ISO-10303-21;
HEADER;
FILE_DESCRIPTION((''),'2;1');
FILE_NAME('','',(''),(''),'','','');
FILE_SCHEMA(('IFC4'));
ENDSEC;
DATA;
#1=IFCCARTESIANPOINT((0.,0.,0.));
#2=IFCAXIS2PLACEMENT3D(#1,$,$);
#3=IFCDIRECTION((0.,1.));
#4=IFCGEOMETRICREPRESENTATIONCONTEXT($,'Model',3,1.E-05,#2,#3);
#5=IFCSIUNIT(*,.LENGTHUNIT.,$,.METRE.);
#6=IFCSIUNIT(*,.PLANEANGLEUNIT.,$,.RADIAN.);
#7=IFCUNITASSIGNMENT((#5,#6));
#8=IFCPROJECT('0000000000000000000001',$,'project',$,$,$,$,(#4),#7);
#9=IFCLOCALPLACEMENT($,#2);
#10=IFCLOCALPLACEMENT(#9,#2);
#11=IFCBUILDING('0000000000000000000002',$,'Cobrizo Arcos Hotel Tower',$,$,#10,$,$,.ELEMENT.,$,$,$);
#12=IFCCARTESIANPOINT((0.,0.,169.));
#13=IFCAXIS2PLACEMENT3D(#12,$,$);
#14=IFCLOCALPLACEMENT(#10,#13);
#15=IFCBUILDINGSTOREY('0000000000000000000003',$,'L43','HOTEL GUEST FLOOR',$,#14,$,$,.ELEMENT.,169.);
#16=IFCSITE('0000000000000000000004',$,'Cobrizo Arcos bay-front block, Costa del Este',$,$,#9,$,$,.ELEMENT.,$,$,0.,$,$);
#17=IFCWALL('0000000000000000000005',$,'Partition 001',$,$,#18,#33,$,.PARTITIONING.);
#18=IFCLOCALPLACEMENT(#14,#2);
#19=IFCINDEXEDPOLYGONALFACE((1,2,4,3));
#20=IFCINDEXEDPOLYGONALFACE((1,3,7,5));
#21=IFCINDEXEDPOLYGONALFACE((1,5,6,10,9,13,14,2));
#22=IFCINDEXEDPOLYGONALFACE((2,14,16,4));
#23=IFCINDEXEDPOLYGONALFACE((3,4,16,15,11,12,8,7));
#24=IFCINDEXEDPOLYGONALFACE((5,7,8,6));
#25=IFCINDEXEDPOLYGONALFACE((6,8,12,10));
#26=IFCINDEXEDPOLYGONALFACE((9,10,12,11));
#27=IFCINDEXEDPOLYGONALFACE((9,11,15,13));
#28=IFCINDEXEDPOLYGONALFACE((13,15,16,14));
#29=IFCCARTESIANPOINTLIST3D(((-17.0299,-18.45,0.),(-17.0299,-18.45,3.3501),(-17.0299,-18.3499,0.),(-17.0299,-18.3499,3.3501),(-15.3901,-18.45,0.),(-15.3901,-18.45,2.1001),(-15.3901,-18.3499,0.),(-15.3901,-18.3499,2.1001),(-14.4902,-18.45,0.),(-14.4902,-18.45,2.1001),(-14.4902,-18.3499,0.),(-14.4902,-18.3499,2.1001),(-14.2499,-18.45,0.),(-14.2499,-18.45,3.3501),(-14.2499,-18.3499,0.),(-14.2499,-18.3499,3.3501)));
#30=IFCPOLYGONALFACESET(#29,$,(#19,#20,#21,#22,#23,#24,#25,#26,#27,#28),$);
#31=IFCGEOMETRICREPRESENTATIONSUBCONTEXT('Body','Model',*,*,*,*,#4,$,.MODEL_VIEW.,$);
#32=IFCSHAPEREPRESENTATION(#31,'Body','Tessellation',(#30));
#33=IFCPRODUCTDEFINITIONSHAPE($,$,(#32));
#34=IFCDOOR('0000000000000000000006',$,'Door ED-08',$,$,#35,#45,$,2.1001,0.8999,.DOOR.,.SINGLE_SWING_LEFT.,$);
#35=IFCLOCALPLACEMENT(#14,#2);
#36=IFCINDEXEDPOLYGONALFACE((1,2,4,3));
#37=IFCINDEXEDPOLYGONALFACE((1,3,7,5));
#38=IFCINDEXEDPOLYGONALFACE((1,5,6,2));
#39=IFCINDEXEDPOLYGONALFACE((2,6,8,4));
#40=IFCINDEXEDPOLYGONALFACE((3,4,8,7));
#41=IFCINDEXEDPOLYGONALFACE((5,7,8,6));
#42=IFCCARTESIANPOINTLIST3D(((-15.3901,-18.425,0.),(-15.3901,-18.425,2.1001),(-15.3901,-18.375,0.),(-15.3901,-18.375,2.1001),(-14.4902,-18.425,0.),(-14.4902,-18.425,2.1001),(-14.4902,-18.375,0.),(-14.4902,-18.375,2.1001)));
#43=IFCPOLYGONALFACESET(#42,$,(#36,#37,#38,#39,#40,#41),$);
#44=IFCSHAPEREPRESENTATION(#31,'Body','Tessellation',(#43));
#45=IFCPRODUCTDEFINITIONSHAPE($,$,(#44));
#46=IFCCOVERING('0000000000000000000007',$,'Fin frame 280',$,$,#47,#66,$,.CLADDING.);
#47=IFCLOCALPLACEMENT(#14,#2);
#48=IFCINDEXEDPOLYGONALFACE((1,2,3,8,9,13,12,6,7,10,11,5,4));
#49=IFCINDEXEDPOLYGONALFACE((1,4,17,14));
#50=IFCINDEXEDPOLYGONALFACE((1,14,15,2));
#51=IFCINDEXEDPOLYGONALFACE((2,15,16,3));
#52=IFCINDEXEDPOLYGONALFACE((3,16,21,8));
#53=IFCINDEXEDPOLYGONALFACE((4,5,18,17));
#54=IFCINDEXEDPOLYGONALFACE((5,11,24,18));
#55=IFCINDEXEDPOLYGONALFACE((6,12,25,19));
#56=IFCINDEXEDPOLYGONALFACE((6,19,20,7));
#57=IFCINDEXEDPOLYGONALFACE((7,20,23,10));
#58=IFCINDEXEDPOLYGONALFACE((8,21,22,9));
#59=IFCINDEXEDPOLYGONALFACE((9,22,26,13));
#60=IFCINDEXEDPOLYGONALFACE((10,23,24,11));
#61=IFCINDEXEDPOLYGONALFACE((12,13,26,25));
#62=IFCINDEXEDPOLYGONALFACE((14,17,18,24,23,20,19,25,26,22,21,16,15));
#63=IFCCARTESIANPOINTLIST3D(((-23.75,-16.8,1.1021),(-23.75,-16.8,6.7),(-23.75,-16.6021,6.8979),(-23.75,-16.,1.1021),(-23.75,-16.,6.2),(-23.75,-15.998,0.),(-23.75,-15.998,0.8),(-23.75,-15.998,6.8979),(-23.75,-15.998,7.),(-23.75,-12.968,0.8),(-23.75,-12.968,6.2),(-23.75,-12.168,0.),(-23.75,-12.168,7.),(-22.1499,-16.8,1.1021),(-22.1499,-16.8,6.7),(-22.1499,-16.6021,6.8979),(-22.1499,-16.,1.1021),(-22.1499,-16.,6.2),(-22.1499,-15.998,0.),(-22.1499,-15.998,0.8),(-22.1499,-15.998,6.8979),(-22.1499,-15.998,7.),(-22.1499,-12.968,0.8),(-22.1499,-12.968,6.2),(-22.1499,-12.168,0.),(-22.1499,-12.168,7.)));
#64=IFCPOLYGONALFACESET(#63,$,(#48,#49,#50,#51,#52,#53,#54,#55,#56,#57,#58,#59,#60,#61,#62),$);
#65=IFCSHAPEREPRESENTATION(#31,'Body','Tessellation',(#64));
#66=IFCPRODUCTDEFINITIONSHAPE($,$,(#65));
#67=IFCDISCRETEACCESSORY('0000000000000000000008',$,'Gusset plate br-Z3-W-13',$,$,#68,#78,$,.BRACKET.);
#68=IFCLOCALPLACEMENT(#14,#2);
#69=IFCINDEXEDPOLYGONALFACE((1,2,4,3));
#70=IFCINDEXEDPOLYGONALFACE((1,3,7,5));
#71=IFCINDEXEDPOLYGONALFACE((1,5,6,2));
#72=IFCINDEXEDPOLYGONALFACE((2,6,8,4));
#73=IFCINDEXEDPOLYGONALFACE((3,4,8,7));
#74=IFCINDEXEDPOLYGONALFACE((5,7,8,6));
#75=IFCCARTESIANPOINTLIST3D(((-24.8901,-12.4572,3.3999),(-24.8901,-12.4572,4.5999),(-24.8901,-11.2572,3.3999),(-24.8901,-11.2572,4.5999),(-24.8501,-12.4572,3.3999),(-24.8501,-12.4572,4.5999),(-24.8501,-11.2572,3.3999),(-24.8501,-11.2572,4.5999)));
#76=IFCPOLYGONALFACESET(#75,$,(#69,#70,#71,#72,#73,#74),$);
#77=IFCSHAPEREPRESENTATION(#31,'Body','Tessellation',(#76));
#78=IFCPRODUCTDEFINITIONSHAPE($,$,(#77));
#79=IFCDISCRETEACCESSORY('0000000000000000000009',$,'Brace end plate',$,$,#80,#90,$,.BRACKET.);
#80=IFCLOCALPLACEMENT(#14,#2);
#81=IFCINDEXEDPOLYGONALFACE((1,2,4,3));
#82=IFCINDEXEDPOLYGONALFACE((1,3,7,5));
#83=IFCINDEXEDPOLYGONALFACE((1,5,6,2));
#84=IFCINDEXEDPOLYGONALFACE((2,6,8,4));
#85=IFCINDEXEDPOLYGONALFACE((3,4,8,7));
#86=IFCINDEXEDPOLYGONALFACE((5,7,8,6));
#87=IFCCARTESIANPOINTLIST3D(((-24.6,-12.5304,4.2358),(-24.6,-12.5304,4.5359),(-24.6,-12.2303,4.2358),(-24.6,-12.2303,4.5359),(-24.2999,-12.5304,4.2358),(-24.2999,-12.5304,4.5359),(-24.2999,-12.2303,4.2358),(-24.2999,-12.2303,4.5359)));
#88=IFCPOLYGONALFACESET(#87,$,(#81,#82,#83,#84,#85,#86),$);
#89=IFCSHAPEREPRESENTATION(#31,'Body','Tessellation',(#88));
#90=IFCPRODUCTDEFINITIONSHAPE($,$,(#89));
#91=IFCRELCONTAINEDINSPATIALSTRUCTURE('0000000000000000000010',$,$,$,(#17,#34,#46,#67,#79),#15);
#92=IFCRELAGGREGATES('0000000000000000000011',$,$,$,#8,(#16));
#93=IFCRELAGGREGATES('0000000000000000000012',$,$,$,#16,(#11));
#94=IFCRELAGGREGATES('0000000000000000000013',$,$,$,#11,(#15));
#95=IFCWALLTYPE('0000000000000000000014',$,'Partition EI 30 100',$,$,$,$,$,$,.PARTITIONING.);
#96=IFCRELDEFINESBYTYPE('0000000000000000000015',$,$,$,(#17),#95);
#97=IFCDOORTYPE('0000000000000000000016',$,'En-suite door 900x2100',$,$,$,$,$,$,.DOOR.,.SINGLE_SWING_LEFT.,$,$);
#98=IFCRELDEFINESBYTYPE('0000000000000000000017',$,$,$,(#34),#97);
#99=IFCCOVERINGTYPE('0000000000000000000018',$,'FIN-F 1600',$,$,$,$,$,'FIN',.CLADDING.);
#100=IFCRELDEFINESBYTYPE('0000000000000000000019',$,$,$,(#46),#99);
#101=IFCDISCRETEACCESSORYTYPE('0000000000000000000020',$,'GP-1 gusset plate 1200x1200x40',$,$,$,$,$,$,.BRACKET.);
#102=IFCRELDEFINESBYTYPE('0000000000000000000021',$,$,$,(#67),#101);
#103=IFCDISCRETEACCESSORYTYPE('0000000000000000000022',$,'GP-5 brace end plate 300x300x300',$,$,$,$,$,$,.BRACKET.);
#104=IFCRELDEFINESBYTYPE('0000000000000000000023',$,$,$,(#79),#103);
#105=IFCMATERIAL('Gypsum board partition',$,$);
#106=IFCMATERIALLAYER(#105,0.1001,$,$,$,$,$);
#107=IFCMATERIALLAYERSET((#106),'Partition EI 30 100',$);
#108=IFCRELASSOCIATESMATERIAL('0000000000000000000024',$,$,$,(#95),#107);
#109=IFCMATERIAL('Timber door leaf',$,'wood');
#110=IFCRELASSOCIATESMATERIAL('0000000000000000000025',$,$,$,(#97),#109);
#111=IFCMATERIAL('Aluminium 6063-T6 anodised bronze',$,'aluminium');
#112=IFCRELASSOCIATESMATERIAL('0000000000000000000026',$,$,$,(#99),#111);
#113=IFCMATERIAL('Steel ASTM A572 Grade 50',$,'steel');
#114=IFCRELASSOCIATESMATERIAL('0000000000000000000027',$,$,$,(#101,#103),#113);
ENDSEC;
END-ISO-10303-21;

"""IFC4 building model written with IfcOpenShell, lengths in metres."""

from ifc_helpers import new_model, si_unit, direction, frame, frame_2d, origin, origin_2d, place, context, subcontext, project, spatial, polyline, rectangle, outline, extrude, material, layer, layer_set, type_object, element, fill, save


model = new_model("IFC4")

# Units and contexts
model_context = context("Model", 3, precision=1e-05, world=origin(), true_north=direction((0.0, 1.0)))
body_context = subcontext(model_context, "Body", "Model", "MODEL_VIEW")
ifc_project = project(units=[si_unit("LENGTHUNIT", "METRE"), si_unit("PLANEANGLEUNIT", "RADIAN")], contexts=[model_context])

# Site, building, storey
site_placement = place(None, origin())
site = spatial("IfcSite", under=ifc_project, at=site_placement, Name="Cobrizo Arcos bay-front block, Costa del Este", CompositionType="ELEMENT", RefElevation=0.0)
building_placement = place(site_placement, origin())
building = spatial("IfcBuilding", under=site, at=building_placement, Name="Cobrizo Arcos Hotel Tower", CompositionType="ELEMENT")
storey_placement = place(building_placement, frame((0.0, 0.0, 169.0)))
storey = spatial("IfcBuildingStorey", under=building, at=storey_placement, Name="L43", Description="HOTEL GUEST FLOOR", CompositionType="ELEMENT", Elevation=169.0)

# Shared definitions
ifc_material_1 = material(Name="Steel ASTM A572 Grade 50", Category="steel")

# Shared definitions
ifc_material_2 = material(Name="Aluminium 6063-T6 anodised bronze", Category="aluminium")

# Wall, opening, door
ifc_material_3 = material(Name="Gypsum board partition")
ifc_layer_1 = layer(ifc_material_3, 0.1001)
ifc_layer_set_1 = layer_set([ifc_layer_1], Name="Partition EI 30 100")
wall_type = type_object("IfcWallType", Name="Partition EI 30 100", PredefinedType="PARTITIONING", material=ifc_layer_set_1)
wall_placement = place(storey_placement, frame((-17.03, -18.3999, 0.0), z_axis=(0.0, 0.0, 1.0), x_axis=(1.0, 0.0, 0.0)))
wall = element("IfcWall", 1, at=wall_placement, inside=storey, type_object=wall_type, Name="Partition 001", PredefinedType="PARTITIONING", context=body_context, shape_type="SweptSolid", body=[
    extrude(rectangle(XDim=2.78, YDim=0.1001, at=frame_2d((1.3901, 0.0))), origin(), (0.0, 0.0, 1.0), 3.3501),
])
opening_placement = place(wall_placement, frame((1.6399, 0.0, 0.0)))
opening = element("IfcOpeningElement", 2, at=opening_placement, cuts=wall, PredefinedType="OPENING", context=body_context, shape_type="SweptSolid", body=[
    extrude(rectangle(XDim=0.8999, YDim=2.1001, at=frame_2d((0.45, 1.05))), frame((0.0, 0.062, 0.0), z_axis=(0.0, -1.0, 0.0), x_axis=(1.0, 0.0, 0.0)), (0.0, 0.0, 1.0), 0.124),
])
ifc_material_4 = material(Name="Timber door leaf", Category="wood")
door_type = type_object("IfcDoorType", Name="En-suite door 900x2100", OperationType="SINGLE_SWING_LEFT", PredefinedType="DOOR", material=ifc_material_4)
door_placement = place(opening_placement, origin())
door = element("IfcDoor", 3, at=door_placement, inside=storey, type_object=door_type, Name="Door ED-08", OperationType="SINGLE_SWING_LEFT", OverallHeight=2.1001, OverallWidth=0.8999, PredefinedType="DOOR", context=body_context, shape_type="SweptSolid", body=[
    extrude(rectangle(XDim=0.8999, YDim=2.1001, at=frame_2d((0.45, 1.05))), frame((0.0, 0.0249, 0.0), z_axis=(0.0, -1.0, 0.0), x_axis=(1.0, 0.0, 0.0)), (0.0, 0.0, 1.0), 0.05),
])
fill(opening, door)

# Covering
covering_type = type_object("IfcCoveringType", Name="FIN-F 1600", ElementType="FIN", PredefinedType="CLADDING", material=ifc_material_2)
covering_placement = place(storey_placement, frame((-22.1499, -12.168, 0.0), z_axis=(-1.0, 0.0, 0.0), x_axis=(0.0, -1.0, 0.0)))
element("IfcCovering", 4, at=covering_placement, inside=storey, type_object=covering_type, Name="Fin frame 280", PredefinedType="CLADDING", context=body_context, shape_type="SweptSolid", body=[
    extrude(outline(polyline([(0.0, 0.0), (3.8301, 0.0), (3.8301, 0.8), (0.8, 0.8), (0.8, 6.2), (3.832, 6.2), (3.832, 1.1021), (4.6321, 1.1021), (4.6321, 6.7), (4.4341, 6.8979), (3.8301, 6.8979), (3.8301, 7.0), (0.0, 7.0), (0.0, 0.0)])), origin(), (0.0, 0.0, 1.0), 1.6001),
])

# Discrete accessories
discrete_accessory_type_1 = type_object("IfcDiscreteAccessoryType", Name="GP-1 gusset plate 1200x1200x40", PredefinedType="BRACKET", material=ifc_material_1)
discrete_accessory_1_placement = place(storey_placement, frame((-24.8701, -11.8572, 3.3999), z_axis=(0.0, 0.0, 1.0), x_axis=(1.0, 0.0, 0.0)))
element("IfcDiscreteAccessory", 5, at=discrete_accessory_1_placement, inside=storey, type_object=discrete_accessory_type_1, Name="Gusset plate br-Z3-W-13", PredefinedType="BRACKET", context=body_context, shape_type="SweptSolid", body=[
    extrude(rectangle(XDim=0.04, YDim=1.2, at=origin_2d()), origin(), (0.0, 0.0, 1.0), 1.2),
])
discrete_accessory_type_2 = type_object("IfcDiscreteAccessoryType", Name="GP-5 brace end plate 300x300x300", PredefinedType="BRACKET", material=ifc_material_1)
discrete_accessory_2_placement = place(storey_placement, frame((-24.45, -12.3804, 4.2358), z_axis=(0.0, 0.0, 1.0), x_axis=(1.0, 0.0, 0.0)))
element("IfcDiscreteAccessory", 6, at=discrete_accessory_2_placement, inside=storey, type_object=discrete_accessory_type_2, Name="Brace end plate", PredefinedType="BRACKET", context=body_context, shape_type="SweptSolid", body=[
    extrude(rectangle(XDim=0.3, YDim=0.3, at=origin_2d()), origin(), (0.0, 0.0, 1.0), 0.3),
])

save(model, "model.ifc")
